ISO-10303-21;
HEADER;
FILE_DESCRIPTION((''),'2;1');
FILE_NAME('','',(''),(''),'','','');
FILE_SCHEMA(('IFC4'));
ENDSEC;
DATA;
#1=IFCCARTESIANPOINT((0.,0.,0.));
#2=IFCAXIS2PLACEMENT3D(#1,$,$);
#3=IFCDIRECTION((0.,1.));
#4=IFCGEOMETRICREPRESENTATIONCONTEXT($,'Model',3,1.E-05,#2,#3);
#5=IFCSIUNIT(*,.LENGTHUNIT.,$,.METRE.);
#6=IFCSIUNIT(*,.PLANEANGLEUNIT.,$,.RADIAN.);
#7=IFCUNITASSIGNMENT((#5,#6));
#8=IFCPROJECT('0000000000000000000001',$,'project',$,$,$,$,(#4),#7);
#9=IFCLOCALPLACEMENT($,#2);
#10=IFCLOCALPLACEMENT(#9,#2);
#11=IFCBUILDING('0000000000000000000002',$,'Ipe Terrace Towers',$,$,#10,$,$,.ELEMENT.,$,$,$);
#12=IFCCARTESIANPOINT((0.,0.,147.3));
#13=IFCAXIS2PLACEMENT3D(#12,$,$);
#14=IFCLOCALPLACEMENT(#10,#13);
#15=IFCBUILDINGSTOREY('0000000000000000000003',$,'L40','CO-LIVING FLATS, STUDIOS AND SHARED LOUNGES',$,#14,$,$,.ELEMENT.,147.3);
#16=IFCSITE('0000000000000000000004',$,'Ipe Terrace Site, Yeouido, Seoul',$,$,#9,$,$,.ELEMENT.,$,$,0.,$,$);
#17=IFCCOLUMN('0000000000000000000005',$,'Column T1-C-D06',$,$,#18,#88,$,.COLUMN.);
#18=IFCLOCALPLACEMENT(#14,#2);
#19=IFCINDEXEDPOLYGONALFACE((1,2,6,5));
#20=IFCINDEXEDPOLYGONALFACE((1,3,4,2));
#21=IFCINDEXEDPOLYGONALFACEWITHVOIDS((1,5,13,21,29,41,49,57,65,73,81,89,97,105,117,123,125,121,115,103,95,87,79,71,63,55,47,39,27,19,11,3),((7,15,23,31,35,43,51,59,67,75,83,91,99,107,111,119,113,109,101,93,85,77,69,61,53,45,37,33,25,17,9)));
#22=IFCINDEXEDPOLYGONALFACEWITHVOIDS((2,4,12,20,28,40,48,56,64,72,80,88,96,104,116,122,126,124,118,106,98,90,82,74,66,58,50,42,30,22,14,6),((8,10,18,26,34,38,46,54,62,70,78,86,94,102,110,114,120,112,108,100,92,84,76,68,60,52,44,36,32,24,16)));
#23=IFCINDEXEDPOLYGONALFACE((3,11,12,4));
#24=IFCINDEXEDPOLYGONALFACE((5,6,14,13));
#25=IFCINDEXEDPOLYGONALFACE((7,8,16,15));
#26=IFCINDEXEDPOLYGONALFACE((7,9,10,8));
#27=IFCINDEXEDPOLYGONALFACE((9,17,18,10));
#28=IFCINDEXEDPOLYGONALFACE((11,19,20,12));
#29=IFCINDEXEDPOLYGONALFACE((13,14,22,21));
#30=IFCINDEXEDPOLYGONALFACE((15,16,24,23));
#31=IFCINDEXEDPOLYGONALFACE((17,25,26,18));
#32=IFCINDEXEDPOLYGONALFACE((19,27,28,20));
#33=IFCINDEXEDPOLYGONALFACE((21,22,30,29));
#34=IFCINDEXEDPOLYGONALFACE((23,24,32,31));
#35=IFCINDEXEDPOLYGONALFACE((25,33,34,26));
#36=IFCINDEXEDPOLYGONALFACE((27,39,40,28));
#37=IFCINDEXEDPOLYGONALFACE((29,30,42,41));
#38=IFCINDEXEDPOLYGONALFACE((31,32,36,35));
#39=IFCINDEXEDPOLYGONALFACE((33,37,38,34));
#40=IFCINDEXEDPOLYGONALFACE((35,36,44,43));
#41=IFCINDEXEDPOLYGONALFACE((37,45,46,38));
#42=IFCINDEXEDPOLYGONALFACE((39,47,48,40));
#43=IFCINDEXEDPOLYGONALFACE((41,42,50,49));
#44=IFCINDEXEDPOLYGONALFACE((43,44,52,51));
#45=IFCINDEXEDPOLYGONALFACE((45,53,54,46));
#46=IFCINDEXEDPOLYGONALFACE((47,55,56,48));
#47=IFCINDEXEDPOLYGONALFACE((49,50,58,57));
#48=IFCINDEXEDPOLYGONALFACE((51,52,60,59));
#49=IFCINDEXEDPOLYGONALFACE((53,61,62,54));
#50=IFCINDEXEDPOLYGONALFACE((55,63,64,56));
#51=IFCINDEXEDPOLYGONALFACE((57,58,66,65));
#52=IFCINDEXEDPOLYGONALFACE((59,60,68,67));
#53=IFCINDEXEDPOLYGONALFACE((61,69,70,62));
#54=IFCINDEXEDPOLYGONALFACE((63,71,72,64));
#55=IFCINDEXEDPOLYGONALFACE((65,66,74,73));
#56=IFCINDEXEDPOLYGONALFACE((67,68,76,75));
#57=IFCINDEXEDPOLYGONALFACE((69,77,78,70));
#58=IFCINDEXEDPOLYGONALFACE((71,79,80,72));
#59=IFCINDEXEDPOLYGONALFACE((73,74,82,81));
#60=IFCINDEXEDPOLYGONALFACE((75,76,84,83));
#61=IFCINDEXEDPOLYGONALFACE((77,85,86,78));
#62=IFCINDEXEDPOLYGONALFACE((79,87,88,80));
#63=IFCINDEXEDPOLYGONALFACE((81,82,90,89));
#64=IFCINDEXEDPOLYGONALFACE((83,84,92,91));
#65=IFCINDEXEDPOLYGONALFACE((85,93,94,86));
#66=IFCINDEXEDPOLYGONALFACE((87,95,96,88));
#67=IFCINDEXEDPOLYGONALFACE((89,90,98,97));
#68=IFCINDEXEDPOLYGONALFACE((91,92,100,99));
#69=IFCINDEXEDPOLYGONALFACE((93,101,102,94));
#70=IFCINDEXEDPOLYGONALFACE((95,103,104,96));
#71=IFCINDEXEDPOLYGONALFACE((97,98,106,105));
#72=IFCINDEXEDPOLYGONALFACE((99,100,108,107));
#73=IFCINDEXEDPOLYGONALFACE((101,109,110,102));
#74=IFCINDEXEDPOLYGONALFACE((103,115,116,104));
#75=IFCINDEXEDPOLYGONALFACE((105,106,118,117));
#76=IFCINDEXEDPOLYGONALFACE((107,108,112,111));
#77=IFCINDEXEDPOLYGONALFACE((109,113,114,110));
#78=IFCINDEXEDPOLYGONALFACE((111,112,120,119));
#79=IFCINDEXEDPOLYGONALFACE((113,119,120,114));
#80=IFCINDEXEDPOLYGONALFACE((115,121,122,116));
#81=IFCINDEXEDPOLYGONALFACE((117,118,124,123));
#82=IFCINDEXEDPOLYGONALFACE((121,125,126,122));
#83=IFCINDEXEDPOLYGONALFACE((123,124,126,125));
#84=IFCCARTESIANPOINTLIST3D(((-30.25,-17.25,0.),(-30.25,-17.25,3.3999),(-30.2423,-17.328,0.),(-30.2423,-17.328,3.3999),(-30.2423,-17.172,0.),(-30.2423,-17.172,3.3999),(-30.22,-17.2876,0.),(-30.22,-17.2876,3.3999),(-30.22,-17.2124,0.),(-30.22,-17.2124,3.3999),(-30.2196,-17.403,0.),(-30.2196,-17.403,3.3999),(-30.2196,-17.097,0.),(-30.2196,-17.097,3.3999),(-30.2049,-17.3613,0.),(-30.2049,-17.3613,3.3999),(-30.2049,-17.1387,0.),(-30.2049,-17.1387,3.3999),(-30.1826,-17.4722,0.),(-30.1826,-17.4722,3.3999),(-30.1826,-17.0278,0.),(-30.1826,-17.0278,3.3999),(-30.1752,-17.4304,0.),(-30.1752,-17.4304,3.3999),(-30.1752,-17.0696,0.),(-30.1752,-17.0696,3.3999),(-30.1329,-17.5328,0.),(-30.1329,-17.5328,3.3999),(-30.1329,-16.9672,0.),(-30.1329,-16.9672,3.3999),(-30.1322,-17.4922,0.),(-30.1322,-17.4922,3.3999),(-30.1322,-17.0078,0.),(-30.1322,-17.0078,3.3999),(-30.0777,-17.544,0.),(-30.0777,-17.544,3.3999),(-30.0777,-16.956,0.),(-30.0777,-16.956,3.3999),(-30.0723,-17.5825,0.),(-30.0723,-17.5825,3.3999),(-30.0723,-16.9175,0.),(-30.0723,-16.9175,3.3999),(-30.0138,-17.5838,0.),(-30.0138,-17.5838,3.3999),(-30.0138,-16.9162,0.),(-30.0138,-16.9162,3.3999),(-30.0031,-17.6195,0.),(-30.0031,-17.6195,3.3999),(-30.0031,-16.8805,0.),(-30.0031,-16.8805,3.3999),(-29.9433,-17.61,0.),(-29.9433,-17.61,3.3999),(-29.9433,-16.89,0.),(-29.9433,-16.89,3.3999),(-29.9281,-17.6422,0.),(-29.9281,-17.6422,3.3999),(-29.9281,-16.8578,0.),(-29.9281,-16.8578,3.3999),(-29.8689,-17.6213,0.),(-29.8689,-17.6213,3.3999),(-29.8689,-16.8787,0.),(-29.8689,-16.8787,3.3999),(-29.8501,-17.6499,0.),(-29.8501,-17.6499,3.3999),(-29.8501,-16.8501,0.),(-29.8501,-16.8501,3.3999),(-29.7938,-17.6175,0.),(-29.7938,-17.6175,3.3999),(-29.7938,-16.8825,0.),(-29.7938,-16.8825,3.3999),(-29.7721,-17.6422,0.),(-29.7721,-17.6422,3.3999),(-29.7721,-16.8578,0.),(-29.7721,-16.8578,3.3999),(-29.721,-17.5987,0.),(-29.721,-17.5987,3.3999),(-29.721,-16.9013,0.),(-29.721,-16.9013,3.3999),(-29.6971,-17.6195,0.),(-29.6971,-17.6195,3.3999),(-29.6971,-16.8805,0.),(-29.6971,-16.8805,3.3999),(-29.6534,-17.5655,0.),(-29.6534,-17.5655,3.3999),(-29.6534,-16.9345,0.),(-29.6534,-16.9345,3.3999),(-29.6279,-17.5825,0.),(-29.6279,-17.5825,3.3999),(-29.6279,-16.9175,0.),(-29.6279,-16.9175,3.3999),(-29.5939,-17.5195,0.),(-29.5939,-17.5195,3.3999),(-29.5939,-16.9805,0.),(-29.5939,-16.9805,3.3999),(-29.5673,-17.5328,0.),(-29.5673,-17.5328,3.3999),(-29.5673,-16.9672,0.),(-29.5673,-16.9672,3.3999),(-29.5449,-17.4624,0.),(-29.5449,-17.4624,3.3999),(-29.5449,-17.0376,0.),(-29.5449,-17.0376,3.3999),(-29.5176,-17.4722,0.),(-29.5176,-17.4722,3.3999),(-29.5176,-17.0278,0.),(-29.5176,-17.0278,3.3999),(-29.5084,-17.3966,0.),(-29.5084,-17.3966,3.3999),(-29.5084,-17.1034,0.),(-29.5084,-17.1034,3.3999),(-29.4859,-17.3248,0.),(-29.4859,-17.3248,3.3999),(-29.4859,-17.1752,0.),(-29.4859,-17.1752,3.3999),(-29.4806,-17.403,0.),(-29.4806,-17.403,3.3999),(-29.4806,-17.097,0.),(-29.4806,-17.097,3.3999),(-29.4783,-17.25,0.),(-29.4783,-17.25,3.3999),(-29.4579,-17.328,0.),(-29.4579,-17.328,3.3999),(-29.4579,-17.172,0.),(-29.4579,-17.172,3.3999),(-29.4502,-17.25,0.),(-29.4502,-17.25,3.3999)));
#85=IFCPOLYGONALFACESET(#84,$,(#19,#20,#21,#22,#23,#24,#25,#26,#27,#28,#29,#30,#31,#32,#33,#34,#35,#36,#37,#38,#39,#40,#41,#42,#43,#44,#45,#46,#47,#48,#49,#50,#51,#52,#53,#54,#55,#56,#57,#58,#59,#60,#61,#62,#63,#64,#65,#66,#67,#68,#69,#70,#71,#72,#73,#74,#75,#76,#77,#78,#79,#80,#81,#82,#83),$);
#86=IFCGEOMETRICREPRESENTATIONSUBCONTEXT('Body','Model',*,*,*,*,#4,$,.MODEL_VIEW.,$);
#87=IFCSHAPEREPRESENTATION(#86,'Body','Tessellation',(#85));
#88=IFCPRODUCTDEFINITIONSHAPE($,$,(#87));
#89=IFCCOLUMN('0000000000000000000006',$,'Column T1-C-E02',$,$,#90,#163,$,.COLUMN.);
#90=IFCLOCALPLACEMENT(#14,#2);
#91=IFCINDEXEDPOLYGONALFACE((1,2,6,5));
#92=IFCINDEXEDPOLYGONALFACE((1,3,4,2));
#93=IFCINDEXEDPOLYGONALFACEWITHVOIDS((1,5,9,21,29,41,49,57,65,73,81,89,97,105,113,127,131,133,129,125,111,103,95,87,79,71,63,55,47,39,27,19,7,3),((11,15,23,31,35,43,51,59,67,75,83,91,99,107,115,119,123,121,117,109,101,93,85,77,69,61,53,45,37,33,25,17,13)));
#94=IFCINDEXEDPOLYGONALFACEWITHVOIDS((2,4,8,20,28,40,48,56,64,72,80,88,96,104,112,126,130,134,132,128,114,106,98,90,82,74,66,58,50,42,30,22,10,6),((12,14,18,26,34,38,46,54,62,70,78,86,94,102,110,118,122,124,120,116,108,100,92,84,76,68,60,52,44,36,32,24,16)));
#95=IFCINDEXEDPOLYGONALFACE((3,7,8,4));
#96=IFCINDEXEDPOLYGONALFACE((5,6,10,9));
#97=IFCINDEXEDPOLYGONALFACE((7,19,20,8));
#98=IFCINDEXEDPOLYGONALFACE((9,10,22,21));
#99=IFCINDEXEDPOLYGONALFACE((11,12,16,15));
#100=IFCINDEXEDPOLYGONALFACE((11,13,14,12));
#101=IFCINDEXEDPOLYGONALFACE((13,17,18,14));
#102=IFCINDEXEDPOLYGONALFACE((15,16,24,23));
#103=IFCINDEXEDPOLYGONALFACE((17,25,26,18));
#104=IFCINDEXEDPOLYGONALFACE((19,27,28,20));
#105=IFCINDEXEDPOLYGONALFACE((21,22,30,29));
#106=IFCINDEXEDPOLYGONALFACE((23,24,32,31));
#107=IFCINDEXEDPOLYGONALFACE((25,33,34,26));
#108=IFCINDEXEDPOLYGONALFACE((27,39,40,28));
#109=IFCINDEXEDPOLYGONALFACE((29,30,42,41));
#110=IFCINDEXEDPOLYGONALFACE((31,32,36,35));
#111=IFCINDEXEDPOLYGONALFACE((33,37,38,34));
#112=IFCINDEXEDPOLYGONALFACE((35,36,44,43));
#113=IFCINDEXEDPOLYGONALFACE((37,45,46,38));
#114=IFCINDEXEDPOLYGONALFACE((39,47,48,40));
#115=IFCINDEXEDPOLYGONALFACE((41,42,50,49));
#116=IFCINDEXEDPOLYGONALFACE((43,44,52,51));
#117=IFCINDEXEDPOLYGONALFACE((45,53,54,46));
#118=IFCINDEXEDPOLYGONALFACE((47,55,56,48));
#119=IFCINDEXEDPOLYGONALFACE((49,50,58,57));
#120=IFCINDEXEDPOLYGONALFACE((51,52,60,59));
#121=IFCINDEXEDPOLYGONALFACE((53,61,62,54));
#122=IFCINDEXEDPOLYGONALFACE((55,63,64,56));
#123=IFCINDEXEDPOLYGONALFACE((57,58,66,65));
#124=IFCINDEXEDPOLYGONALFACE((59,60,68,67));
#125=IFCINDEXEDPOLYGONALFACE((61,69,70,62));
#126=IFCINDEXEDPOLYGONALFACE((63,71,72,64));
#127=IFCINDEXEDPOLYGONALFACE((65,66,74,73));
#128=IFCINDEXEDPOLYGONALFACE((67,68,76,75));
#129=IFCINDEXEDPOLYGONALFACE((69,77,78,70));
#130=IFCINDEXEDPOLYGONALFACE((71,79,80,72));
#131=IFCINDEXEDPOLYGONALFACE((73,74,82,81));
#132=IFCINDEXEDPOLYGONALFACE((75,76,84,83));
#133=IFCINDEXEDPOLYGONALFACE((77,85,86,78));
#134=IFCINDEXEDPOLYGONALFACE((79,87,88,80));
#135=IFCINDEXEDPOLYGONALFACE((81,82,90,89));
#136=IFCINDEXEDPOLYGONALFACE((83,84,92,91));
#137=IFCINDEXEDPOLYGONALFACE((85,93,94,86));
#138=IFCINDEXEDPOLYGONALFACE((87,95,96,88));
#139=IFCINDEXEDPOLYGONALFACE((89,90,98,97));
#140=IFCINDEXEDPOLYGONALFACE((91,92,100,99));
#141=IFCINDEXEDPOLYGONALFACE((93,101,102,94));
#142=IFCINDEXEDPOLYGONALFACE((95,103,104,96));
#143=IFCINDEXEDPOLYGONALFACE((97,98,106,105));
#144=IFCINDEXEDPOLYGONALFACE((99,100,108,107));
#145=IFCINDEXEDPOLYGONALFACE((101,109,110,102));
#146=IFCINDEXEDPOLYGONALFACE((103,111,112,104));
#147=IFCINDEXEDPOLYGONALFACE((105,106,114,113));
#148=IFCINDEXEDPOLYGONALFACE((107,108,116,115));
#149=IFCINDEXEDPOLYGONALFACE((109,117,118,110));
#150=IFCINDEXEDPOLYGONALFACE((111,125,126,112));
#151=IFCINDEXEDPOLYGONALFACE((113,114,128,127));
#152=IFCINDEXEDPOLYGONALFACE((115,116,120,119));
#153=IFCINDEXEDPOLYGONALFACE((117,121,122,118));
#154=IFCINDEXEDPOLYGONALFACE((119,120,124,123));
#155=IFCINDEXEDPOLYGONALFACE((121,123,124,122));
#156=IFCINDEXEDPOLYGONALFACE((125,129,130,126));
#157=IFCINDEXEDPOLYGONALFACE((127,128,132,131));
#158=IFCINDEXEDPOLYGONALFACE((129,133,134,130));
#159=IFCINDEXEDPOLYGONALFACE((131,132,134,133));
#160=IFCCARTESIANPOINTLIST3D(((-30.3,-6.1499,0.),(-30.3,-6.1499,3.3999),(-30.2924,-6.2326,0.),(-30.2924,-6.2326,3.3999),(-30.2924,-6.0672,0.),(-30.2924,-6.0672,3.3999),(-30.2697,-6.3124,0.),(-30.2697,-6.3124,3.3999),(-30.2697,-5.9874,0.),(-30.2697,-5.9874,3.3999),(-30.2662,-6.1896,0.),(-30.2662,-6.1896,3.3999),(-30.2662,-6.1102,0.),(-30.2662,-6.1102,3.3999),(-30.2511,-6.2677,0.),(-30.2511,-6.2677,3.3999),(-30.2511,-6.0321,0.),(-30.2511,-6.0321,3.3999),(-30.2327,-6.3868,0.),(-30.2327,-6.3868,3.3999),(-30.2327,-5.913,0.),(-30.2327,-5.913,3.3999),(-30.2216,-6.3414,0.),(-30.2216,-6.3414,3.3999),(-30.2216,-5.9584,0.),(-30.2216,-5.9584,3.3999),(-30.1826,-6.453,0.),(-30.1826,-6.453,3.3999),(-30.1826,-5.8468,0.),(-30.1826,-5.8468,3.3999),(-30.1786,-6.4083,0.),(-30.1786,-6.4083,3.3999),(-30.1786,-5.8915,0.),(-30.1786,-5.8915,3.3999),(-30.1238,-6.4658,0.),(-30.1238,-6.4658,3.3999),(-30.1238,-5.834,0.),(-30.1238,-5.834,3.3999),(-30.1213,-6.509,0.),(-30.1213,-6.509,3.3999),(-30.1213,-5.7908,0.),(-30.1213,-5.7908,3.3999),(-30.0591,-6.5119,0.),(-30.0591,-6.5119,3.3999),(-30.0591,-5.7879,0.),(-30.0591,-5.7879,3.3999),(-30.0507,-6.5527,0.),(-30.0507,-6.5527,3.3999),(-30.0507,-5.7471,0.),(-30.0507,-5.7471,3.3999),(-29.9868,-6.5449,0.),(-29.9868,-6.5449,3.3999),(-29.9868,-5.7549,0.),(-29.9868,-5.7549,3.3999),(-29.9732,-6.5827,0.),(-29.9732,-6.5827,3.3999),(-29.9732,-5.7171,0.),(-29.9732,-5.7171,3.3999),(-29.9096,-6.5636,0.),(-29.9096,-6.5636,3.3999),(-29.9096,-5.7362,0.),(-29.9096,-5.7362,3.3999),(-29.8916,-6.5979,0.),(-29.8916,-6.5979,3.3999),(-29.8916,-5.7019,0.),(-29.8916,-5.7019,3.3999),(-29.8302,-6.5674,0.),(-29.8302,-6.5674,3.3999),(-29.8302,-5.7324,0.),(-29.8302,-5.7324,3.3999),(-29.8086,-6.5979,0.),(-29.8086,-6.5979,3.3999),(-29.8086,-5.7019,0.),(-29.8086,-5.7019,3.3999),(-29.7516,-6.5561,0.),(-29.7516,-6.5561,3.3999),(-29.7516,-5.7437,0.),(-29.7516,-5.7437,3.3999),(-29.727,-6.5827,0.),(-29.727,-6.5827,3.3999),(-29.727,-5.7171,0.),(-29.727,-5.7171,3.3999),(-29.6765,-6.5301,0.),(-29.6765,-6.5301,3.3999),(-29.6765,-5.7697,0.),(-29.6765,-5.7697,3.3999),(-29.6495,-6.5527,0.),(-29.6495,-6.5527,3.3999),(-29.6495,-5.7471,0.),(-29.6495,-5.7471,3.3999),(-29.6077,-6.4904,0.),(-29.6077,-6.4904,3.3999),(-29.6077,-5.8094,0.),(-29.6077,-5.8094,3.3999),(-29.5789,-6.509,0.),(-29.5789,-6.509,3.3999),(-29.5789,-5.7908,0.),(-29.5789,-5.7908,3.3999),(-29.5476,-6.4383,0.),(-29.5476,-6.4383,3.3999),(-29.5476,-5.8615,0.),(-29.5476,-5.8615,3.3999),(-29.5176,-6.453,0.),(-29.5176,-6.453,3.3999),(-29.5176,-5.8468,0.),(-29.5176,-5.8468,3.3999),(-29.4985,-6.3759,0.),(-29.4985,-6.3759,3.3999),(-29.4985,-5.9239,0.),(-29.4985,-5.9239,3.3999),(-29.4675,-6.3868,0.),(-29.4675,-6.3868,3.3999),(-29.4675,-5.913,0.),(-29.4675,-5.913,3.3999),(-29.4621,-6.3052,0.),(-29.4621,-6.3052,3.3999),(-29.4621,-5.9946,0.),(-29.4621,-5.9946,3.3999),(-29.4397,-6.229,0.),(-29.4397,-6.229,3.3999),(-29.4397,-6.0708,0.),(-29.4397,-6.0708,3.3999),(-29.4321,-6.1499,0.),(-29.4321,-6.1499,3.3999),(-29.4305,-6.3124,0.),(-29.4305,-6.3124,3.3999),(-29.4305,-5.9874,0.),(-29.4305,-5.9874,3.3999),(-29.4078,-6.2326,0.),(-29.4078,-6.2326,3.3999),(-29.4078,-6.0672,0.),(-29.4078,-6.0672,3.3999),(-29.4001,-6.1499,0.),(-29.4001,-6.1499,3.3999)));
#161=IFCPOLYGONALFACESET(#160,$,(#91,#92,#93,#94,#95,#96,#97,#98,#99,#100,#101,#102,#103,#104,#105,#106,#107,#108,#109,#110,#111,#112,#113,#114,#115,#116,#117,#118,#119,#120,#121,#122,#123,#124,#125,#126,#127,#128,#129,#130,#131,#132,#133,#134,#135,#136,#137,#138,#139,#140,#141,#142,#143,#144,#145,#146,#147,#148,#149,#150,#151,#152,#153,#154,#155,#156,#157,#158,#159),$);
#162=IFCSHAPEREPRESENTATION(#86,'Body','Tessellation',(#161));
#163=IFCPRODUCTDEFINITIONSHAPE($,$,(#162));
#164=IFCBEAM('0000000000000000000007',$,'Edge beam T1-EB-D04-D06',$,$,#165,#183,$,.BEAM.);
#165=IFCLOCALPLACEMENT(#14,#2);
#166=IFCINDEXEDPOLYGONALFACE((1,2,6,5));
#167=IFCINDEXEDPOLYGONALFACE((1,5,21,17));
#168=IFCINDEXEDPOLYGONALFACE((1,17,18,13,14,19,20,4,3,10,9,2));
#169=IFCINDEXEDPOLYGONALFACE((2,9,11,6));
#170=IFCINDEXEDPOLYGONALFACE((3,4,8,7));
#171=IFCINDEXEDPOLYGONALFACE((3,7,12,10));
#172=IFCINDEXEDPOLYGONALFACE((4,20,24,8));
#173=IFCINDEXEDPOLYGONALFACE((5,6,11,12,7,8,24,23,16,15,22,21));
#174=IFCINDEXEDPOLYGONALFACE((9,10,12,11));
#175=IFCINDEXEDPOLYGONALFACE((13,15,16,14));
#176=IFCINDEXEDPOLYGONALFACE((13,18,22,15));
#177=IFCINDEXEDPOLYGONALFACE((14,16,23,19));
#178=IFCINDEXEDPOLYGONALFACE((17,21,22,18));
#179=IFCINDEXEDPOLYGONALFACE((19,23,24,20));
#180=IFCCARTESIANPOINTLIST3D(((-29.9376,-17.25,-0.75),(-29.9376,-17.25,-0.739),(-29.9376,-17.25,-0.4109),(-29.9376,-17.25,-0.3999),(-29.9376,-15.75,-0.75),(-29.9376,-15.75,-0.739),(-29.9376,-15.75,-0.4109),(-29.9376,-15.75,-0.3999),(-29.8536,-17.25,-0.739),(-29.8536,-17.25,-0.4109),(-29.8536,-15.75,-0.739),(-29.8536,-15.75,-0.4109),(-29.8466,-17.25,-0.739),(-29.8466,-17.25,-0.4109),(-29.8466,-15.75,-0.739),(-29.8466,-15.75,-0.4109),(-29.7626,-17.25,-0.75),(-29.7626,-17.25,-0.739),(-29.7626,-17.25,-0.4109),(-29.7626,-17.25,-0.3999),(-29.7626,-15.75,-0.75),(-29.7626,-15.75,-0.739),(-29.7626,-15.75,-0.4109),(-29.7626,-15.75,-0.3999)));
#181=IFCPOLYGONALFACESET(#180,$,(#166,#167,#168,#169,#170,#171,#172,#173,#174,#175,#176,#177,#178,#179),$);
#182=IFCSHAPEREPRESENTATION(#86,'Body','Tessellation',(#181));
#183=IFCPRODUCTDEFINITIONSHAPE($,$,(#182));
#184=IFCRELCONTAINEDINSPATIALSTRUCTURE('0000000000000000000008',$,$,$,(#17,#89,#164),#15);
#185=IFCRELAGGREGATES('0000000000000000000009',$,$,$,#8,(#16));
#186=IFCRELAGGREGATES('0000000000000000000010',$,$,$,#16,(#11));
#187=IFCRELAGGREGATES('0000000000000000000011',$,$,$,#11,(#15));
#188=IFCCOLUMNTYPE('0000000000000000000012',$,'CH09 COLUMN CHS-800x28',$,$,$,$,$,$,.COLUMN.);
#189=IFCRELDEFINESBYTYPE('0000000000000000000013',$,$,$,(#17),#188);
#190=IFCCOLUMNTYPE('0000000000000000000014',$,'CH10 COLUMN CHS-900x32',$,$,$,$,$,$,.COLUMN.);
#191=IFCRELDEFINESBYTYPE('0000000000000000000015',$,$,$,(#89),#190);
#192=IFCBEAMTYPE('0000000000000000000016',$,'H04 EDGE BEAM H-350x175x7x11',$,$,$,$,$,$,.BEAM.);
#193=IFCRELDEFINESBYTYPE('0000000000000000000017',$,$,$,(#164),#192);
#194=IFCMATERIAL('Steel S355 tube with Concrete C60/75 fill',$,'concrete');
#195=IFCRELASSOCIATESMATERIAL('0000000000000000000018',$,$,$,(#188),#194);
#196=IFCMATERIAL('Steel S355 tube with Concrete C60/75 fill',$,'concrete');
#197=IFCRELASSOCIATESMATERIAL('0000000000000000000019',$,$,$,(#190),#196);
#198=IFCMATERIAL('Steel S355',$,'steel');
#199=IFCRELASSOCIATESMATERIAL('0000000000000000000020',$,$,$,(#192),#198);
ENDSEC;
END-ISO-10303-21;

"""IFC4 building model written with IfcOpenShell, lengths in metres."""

from ifc_helpers import new_model, si_unit, direction, frame, origin, origin_2d, place, context, subcontext, project, spatial, hollow_circle, i_section, extrude, material, material_profile, profile_set, type_object, element, save


model = new_model("IFC4")

# Units and contexts
model_context = context("Model", 3, precision=1e-05, world=origin(), true_north=direction((0.0, 1.0)))
body_context = subcontext(model_context, "Body", "Model", "MODEL_VIEW")
ifc_project = project(units=[si_unit("LENGTHUNIT", "METRE"), si_unit("PLANEANGLEUNIT", "RADIAN")], contexts=[model_context])

# Site, building, storey
site_placement = place(None, origin())
site = spatial("IfcSite", under=ifc_project, at=site_placement, Name="Ipe Terrace Site, Yeouido, Seoul", CompositionType="ELEMENT", RefElevation=0.0)
building_placement = place(site_placement, origin())
building = spatial("IfcBuilding", under=site, at=building_placement, Name="Ipe Terrace Towers", CompositionType="ELEMENT")
storey_placement = place(building_placement, frame((0.0, 0.0, 147.3)))
storey = spatial("IfcBuildingStorey", under=building, at=storey_placement, Name="L40", Description="CO-LIVING FLATS, STUDIOS AND SHARED LOUNGES", CompositionType="ELEMENT", Elevation=147.3)

# Columns
ifc_material_1 = material(Name="Steel S355 tube with Concrete C60/75 fill", Category="concrete")
ifc_material_profile_1 = material_profile(ifc_material_1, hollow_circle(Radius=0.3999, WallThickness=0.0281, at=origin_2d()), Name="CHS-800x28")
ifc_profile_set_1 = profile_set([ifc_material_profile_1], Name="Steel S355 tube with Concrete C60/75 fill")
column_type_1 = type_object("IfcColumnType", Name="CH09 COLUMN CHS-800x28", PredefinedType="COLUMN", material=ifc_profile_set_1)
for number, where, z_axis, x_axis, name in (
    (1, (-29.8501, -17.25, 0.0), (0.0, 0.0, 1.0), (1.0, 0.0, 0.0), "Column T1-C-D06"),
):
    element("IfcColumn", number, at=place(storey_placement, frame(where, z_axis=z_axis, x_axis=x_axis)), inside=storey, type_object=column_type_1, Name=name, PredefinedType="COLUMN", context=body_context, shape_type="SweptSolid", body=[
        extrude(hollow_circle(Radius=0.3999, WallThickness=0.0281, at=origin_2d()), origin(), (0.0, 0.0, 1.0), 3.3999),
    ])
ifc_material_2 = material(Name="Steel S355 tube with Concrete C60/75 fill", Category="concrete")
ifc_material_profile_2 = material_profile(ifc_material_2, hollow_circle(Radius=0.45, WallThickness=0.032, at=origin_2d()), Name="CHS-900x32")
ifc_profile_set_2 = profile_set([ifc_material_profile_2], Name="Steel S355 tube with Concrete C60/75 fill")
column_type_2 = type_object("IfcColumnType", Name="CH10 COLUMN CHS-900x32", PredefinedType="COLUMN", material=ifc_profile_set_2)
column_placement = place(storey_placement, frame((-29.8501, -6.1499, 0.0), z_axis=(0.0, 0.0, 1.0), x_axis=(1.0, 0.0, 0.0)))
element("IfcColumn", 2, at=column_placement, inside=storey, type_object=column_type_2, Name="Column T1-C-E02", PredefinedType="COLUMN", context=body_context, shape_type="SweptSolid", body=[
    extrude(hollow_circle(Radius=0.45, WallThickness=0.032, at=origin_2d()), origin(), (0.0, 0.0, 1.0), 3.3999),
])

# Beam
ifc_material_3 = material(Name="Steel S355", Category="steel")
ifc_material_profile_3 = material_profile(ifc_material_3, i_section(OverallWidth=0.175, OverallDepth=0.3501, WebThickness=0.0071, FlangeThickness=0.011, at=origin_2d()), Name="H-350x175x7x11")
ifc_profile_set_3 = profile_set([ifc_material_profile_3], Name="Steel S355")
beam_type_1 = type_object("IfcBeamType", Name="H04 EDGE BEAM H-350x175x7x11", PredefinedType="BEAM", material=ifc_profile_set_3)
beam_1_placement = place(storey_placement, frame((-29.8501, -15.75, -0.575), z_axis=(0.0, -1.0, 0.0), x_axis=(1.0, 0.0, 0.0)))
element("IfcBeam", 3, at=beam_1_placement, inside=storey, type_object=beam_type_1, Name="Edge beam T1-EB-D04-D06", PredefinedType="BEAM", context=body_context, shape_type="SweptSolid", body=[
    extrude(i_section(OverallWidth=0.175, OverallDepth=0.3501, WebThickness=0.0071, FlangeThickness=0.011, at=origin_2d()), origin(), (0.0, 0.0, 1.0), 1.5),
])

save(model, "model.ifc")
